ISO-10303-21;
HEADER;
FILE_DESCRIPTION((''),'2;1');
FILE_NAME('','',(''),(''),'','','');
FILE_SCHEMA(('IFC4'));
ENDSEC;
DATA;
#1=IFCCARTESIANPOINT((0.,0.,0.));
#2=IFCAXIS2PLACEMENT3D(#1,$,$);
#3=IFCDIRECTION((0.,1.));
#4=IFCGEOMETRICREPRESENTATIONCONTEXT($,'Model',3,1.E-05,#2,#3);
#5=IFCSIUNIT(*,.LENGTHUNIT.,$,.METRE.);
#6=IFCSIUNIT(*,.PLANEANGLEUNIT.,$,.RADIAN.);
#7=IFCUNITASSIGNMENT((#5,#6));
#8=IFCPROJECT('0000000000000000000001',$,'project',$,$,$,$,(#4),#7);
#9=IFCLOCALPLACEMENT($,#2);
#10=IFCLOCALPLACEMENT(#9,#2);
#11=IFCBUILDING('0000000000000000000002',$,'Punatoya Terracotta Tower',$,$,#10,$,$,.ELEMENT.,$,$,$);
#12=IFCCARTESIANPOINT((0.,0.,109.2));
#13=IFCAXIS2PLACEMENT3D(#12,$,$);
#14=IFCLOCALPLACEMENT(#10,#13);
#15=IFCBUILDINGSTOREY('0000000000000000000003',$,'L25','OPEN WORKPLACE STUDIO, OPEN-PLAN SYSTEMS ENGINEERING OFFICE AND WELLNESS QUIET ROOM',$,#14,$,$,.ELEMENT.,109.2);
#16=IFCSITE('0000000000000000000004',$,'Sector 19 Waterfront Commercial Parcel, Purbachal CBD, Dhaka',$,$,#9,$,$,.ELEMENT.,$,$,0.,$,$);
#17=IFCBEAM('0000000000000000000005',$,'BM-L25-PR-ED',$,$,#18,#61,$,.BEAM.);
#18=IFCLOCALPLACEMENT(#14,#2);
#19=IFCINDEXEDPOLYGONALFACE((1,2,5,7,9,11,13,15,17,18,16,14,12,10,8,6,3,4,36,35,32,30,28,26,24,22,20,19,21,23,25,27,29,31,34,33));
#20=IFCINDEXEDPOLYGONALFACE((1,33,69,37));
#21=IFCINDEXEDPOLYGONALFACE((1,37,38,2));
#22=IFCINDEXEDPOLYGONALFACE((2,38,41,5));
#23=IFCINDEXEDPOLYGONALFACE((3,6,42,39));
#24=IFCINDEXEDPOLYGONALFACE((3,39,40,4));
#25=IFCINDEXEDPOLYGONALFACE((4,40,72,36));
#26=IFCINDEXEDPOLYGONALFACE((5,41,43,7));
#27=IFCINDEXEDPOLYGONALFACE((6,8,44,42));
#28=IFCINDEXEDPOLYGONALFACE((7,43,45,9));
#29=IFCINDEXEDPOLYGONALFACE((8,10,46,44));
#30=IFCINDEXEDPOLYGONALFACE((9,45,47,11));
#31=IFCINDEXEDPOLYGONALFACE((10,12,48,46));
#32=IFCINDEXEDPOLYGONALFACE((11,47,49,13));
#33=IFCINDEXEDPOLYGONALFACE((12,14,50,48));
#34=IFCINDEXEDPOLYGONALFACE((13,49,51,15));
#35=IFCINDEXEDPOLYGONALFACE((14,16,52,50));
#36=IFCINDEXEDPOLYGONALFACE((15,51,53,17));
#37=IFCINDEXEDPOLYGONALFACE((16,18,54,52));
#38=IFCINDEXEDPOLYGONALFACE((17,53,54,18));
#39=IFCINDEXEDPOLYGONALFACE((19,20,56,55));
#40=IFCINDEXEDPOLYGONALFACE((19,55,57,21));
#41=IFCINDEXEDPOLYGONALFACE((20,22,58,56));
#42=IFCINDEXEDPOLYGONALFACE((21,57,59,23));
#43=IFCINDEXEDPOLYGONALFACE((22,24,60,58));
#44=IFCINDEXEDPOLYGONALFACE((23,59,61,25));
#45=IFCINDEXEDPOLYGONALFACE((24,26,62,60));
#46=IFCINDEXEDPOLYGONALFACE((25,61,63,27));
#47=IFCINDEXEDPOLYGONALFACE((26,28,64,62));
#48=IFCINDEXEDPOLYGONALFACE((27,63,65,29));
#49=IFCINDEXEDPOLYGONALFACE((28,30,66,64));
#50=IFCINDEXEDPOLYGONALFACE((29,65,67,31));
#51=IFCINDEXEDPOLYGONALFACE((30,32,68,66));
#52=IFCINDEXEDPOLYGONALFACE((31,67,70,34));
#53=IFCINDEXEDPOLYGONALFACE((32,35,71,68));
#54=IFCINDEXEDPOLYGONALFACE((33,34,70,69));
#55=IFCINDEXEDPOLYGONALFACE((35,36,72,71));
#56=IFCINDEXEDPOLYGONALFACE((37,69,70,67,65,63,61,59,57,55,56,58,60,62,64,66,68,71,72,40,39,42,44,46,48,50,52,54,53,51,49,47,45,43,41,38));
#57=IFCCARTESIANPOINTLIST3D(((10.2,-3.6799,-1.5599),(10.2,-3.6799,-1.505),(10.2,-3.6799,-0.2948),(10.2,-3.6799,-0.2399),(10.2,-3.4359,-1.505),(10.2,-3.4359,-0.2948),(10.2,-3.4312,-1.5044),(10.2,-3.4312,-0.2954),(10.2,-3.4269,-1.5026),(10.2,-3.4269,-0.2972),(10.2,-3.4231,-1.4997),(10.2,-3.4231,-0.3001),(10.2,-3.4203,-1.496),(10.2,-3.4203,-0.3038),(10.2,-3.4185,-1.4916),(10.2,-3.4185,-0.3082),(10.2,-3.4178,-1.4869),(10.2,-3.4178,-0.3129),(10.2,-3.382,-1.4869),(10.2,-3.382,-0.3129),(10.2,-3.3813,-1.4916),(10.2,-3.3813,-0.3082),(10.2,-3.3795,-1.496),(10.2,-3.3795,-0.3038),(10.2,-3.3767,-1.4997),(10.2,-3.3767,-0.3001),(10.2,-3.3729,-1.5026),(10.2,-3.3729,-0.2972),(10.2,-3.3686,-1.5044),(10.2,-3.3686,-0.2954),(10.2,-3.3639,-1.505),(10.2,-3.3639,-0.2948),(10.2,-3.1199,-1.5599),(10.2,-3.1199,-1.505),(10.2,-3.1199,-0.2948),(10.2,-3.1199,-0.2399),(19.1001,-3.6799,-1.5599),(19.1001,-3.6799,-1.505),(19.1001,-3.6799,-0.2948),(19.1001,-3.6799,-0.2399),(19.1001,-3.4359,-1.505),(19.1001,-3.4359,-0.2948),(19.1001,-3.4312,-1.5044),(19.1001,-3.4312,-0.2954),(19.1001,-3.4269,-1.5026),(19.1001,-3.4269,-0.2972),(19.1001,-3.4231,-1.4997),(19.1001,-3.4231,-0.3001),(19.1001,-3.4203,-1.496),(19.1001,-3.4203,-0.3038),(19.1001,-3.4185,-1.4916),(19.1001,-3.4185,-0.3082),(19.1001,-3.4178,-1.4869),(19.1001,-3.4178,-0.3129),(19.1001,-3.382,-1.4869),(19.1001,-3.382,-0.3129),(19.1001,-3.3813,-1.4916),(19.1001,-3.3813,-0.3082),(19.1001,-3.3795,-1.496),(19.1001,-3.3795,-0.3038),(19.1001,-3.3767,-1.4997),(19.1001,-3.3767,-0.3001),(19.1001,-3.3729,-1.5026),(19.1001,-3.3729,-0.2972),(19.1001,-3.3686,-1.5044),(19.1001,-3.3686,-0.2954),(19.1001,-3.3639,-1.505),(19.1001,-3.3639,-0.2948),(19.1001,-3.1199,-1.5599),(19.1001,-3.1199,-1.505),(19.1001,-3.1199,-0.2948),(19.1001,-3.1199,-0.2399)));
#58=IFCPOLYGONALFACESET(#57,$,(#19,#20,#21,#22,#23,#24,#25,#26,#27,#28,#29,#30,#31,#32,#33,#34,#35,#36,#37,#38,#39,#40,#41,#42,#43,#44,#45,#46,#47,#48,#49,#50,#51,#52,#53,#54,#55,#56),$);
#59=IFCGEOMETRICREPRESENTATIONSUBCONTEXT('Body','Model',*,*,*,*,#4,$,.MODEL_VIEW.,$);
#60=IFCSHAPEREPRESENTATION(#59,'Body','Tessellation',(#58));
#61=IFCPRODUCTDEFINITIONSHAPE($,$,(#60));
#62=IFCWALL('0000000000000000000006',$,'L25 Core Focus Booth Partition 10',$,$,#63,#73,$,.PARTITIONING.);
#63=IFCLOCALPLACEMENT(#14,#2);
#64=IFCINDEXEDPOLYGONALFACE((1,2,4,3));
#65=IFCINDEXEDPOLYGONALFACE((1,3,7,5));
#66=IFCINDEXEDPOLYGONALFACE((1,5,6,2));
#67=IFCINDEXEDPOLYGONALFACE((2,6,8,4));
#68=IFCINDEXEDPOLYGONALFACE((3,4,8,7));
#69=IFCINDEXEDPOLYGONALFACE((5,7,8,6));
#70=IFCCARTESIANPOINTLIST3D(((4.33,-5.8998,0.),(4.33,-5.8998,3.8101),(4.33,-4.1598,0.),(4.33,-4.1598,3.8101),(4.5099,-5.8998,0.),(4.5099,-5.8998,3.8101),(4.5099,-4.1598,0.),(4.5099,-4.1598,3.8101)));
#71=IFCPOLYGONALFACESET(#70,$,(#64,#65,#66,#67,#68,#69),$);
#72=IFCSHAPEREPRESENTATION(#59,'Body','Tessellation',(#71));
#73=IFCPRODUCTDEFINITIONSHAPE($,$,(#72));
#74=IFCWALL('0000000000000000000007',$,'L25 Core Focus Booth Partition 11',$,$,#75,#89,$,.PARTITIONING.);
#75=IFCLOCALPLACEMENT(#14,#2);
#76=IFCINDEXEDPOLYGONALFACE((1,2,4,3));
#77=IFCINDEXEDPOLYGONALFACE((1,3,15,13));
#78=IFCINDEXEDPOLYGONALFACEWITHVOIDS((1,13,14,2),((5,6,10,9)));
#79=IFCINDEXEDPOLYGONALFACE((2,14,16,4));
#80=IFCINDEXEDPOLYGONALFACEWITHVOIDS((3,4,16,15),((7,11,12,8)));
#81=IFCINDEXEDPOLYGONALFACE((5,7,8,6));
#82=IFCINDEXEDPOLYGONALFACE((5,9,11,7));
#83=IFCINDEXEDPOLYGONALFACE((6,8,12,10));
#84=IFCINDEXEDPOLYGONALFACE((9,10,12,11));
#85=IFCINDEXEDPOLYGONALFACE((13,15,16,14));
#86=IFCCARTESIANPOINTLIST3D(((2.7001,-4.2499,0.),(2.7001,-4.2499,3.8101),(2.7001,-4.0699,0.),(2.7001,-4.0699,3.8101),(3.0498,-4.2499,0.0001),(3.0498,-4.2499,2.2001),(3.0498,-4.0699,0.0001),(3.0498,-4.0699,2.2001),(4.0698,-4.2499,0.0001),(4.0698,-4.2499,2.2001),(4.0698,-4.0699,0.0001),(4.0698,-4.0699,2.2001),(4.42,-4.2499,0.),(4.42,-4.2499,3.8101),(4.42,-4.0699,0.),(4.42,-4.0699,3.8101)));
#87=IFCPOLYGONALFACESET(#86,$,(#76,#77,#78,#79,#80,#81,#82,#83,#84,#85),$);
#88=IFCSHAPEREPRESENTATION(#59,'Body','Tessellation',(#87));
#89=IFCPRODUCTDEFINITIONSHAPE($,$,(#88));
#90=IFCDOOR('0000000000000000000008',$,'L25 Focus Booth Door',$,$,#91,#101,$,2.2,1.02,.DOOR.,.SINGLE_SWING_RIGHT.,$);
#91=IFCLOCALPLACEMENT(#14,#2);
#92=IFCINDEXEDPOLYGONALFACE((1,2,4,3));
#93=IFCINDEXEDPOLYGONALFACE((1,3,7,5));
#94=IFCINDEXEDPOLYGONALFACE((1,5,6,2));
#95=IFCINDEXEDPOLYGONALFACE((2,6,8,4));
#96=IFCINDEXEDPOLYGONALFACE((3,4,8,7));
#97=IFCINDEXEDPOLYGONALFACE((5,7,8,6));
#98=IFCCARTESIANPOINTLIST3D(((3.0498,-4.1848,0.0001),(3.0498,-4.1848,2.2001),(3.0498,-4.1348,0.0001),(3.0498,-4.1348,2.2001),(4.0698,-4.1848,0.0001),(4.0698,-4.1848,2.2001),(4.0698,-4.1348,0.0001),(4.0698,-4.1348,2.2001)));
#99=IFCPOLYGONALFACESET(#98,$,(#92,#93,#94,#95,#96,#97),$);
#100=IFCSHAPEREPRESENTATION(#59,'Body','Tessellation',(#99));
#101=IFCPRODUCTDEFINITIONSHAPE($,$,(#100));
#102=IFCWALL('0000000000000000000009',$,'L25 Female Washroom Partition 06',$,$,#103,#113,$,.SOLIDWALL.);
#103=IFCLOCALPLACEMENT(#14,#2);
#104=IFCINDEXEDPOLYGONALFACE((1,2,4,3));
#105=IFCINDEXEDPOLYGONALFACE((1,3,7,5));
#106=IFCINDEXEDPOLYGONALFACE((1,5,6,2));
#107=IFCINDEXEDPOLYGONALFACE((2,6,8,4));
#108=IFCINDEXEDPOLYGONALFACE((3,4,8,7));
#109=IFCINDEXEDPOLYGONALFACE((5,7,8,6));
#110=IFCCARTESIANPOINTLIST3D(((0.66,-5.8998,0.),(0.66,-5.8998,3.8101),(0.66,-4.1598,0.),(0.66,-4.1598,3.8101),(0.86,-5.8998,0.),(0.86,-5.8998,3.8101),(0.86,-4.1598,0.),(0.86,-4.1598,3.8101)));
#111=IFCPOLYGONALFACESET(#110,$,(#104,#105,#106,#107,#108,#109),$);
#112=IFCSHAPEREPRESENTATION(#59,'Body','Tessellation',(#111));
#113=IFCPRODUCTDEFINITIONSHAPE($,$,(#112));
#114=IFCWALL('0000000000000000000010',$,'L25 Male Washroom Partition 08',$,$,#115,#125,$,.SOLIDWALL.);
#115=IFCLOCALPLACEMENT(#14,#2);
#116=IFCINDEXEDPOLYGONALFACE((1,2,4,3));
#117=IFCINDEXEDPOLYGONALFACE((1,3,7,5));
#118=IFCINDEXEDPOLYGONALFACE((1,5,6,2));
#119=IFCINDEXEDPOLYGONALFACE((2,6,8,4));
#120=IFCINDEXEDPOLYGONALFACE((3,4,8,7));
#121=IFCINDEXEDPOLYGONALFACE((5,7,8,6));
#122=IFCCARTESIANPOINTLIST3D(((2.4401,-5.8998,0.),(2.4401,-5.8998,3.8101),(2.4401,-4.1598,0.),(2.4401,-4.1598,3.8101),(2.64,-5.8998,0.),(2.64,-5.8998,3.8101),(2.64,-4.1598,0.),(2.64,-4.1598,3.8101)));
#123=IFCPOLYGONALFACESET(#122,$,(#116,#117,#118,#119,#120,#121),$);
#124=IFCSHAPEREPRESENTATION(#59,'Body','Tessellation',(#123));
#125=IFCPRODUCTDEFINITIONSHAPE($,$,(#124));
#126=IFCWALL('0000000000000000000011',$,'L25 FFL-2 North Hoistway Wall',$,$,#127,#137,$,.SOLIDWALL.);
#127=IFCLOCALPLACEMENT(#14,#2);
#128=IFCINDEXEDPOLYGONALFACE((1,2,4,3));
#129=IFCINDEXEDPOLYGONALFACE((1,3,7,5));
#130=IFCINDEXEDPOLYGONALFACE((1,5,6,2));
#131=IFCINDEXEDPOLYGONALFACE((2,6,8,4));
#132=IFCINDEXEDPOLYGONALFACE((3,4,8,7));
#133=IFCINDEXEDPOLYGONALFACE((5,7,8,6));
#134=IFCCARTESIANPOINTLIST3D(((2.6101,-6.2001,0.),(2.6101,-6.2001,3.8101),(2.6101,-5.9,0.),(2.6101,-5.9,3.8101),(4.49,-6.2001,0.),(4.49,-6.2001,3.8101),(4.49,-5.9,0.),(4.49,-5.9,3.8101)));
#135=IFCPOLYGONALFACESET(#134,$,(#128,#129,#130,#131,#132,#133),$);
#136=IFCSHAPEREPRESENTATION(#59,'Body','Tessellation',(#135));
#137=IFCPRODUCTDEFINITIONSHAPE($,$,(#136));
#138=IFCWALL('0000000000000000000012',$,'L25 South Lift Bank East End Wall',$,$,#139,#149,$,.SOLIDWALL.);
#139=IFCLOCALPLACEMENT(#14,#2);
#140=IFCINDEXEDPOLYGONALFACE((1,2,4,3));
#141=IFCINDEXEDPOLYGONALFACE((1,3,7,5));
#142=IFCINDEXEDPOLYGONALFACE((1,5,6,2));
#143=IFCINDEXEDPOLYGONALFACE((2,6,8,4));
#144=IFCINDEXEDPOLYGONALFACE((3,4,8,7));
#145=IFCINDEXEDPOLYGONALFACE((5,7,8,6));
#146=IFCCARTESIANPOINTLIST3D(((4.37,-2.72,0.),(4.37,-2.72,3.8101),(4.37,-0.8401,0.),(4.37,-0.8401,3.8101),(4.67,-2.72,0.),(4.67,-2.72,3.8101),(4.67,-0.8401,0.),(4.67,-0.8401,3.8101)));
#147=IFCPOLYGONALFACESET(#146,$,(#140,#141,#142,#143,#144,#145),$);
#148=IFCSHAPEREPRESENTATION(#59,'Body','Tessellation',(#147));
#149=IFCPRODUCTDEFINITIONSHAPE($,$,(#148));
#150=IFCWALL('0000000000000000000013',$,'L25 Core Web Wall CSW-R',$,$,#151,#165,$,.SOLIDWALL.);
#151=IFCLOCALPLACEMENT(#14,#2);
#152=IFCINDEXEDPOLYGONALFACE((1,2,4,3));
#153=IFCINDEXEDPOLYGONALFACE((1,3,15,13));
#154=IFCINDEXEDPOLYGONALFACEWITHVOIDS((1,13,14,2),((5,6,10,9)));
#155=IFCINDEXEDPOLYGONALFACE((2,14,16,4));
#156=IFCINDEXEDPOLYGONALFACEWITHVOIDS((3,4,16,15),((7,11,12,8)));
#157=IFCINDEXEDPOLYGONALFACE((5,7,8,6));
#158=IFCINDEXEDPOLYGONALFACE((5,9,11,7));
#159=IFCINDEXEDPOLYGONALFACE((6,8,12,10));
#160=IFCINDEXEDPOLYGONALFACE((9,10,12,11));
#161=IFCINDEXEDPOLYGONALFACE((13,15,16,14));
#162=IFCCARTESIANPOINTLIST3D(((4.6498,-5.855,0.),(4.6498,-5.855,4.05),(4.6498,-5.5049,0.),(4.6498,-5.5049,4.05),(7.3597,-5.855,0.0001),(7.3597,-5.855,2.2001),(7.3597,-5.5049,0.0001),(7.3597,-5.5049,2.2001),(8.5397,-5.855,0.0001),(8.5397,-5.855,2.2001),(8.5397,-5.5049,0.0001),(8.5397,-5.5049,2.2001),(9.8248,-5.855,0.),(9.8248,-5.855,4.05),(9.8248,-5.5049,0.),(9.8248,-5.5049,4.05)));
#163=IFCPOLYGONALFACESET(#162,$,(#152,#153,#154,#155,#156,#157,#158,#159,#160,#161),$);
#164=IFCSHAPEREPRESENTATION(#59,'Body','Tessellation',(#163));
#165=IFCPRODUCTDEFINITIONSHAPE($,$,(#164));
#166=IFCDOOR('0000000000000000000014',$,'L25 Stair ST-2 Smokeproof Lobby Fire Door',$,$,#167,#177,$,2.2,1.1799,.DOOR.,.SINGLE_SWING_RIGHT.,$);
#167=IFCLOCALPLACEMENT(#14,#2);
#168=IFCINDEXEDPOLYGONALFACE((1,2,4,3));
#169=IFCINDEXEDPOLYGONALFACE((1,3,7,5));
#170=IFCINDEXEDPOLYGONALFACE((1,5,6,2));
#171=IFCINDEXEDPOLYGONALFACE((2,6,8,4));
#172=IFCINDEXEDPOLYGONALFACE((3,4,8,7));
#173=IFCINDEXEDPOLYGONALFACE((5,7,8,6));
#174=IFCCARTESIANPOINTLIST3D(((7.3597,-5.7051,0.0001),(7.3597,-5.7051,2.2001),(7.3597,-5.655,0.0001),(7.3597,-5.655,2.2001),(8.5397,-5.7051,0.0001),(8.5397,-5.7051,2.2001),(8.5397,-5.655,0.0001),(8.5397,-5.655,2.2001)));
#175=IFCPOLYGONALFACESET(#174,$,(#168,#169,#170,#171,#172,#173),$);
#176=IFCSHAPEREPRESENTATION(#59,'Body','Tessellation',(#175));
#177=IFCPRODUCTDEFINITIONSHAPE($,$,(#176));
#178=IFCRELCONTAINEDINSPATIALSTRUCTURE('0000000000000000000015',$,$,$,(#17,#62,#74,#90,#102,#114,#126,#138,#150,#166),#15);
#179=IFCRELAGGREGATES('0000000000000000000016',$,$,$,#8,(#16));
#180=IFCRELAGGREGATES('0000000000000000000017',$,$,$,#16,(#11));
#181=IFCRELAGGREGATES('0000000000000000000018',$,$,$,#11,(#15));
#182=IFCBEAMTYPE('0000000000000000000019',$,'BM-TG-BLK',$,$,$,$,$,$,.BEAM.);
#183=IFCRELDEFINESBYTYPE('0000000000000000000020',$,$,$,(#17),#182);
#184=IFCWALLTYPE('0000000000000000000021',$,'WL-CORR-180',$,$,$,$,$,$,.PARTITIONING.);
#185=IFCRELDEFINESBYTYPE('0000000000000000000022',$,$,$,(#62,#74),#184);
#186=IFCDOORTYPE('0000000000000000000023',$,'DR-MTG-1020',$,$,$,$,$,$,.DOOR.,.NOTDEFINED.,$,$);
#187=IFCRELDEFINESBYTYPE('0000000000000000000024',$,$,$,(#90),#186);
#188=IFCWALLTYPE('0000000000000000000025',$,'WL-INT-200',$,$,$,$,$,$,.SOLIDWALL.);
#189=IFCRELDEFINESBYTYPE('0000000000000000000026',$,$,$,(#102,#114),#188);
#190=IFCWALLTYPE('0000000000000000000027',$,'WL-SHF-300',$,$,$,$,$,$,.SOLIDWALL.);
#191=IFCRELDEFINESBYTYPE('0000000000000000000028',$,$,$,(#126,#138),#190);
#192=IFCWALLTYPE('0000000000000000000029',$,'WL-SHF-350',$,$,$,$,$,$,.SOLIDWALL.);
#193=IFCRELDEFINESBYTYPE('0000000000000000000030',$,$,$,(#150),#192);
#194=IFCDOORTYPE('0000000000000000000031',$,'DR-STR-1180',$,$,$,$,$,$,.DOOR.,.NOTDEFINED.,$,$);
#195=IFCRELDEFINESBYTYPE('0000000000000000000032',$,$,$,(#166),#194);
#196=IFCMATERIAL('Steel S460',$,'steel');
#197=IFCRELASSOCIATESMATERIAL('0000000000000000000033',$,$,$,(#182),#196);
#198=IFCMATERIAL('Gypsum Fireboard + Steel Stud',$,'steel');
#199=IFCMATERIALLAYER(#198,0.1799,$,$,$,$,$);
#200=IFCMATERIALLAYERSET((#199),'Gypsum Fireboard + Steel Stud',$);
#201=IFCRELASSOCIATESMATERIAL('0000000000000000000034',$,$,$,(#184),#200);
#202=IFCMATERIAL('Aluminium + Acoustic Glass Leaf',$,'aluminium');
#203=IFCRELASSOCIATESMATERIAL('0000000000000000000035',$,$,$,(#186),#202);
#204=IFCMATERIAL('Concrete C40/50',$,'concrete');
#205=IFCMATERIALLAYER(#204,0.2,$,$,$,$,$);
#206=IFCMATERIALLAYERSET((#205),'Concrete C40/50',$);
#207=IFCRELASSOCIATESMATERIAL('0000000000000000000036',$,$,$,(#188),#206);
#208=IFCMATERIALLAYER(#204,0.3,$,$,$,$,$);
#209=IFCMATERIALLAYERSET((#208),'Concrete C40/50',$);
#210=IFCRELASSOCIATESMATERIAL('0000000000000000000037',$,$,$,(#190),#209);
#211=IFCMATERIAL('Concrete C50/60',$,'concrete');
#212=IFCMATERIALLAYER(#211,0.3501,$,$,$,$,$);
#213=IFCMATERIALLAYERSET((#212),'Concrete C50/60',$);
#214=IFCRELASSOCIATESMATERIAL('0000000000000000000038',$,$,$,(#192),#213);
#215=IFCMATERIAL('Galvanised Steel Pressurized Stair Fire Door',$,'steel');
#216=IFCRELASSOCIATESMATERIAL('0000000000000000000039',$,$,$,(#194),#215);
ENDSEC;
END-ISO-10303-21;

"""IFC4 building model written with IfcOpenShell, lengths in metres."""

from ifc_helpers import new_model, si_unit, direction, frame, frame_2d, origin, origin_2d, place, context, subcontext, project, spatial, rectangle, i_section, extrude, material, layer, layer_set, material_profile, profile_set, type_object, element, fill, save


model = new_model("IFC4")

# Units and contexts
model_context = context("Model", 3, precision=1e-05, world=origin(), true_north=direction((0.0, 1.0)))
body_context = subcontext(model_context, "Body", "Model", "MODEL_VIEW")
ifc_project = project(units=[si_unit("LENGTHUNIT", "METRE"), si_unit("PLANEANGLEUNIT", "RADIAN")], contexts=[model_context])

# Site, building, storey
site_placement = place(None, origin())
site = spatial("IfcSite", under=ifc_project, at=site_placement, Name="Sector 19 Waterfront Commercial Parcel, Purbachal CBD, Dhaka", CompositionType="ELEMENT", RefElevation=0.0)
building_placement = place(site_placement, origin())
building = spatial("IfcBuilding", under=site, at=building_placement, Name="Punatoya Terracotta Tower", CompositionType="ELEMENT")
storey_placement = place(building_placement, frame((0.0, 0.0, 109.2)))
storey = spatial("IfcBuildingStorey", under=building, at=storey_placement, Name="L25", Description="OPEN WORKPLACE STUDIO, OPEN-PLAN SYSTEMS ENGINEERING OFFICE AND WELLNESS QUIET ROOM", CompositionType="ELEMENT", Elevation=109.2)

# Beam
ifc_material_1 = material(Name="Steel S460", Category="steel")
ifc_material_profile = material_profile(ifc_material_1, i_section(OverallWidth=0.5601, OverallDepth=1.3201, WebThickness=0.0359, FlangeThickness=0.0549, FilletRadius=0.0181, at=origin_2d()))
ifc_profile_set = profile_set([ifc_material_profile], Name="Steel S460")
beam_type = type_object("IfcBeamType", Name="BM-TG-BLK", PredefinedType="BEAM", material=ifc_profile_set)
beam_placement = place(storey_placement, frame((10.2, -3.3999, -0.8999), z_axis=(1.0, 0.0, 0.0), x_axis=(0.0, 1.0, 0.0)))
element("IfcBeam", 1, at=beam_placement, inside=storey, type_object=beam_type, Name="BM-L25-PR-ED", PredefinedType="BEAM", context=body_context, shape_type="SweptSolid", body=[
    extrude(i_section(OverallWidth=0.5601, OverallDepth=1.3201, WebThickness=0.0359, FlangeThickness=0.0549, FilletRadius=0.0181, at=origin_2d()), origin(), (0.0, 0.0, 1.0), 8.9001),
])

# Wall
ifc_material_2 = material(Name="Gypsum Fireboard + Steel Stud", Category="steel")
ifc_layer_1 = layer(ifc_material_2, 0.1799)
ifc_layer_set_1 = layer_set([ifc_layer_1], Name="Gypsum Fireboard + Steel Stud")
wall_type_1 = type_object("IfcWallType", Name="WL-CORR-180", PredefinedType="PARTITIONING", material=ifc_layer_set_1)
wall_1_placement = place(storey_placement, frame((4.4199, -5.8999, 0.0), z_axis=(0.0, 0.0, 1.0), x_axis=(0.0, 1.0, 0.0)))
element("IfcWall", 2, at=wall_1_placement, inside=storey, type_object=wall_type_1, Name="L25 Core Focus Booth Partition 10", PredefinedType="PARTITIONING", context=body_context, shape_type="SweptSolid", body=[
    extrude(rectangle(XDim=1.74, YDim=0.1799, at=frame_2d((0.8701, 0.0))), origin(), (0.0, 0.0, 1.0), 3.8101),
])

# Wall, opening, door
wall_2_placement = place(storey_placement, frame((4.4199, -4.1599, 0.0), z_axis=(0.0, 0.0, 1.0), x_axis=(-1.0, 0.0, 0.0)))
wall_2 = element("IfcWall", 3, at=wall_2_placement, inside=storey, type_object=wall_type_1, Name="L25 Core Focus Booth Partition 11", PredefinedType="PARTITIONING", context=body_context, shape_type="SweptSolid", body=[
    extrude(rectangle(XDim=1.72, YDim=0.1799, at=frame_2d((0.8599, 0.0))), origin(), (0.0, 0.0, 1.0), 3.8101),
])
opening_1_placement = place(wall_2_placement, frame((0.3501, 0.0, 0.0)))
opening_1 = element("IfcOpeningElement", 4, at=opening_1_placement, cuts=wall_2, PredefinedType="OPENING", context=body_context, shape_type="SweptSolid", body=[
    extrude(rectangle(XDim=1.02, YDim=2.2, at=frame_2d((0.51, 1.1001))), frame((0.0, 0.0999, 0.0), z_axis=(0.0, -1.0, 0.0), x_axis=(1.0, 0.0, 0.0)), (0.0, 0.0, 1.0), 0.2),
])
ifc_material_3 = material(Name="Aluminium + Acoustic Glass Leaf", Category="aluminium")
door_type_1 = type_object("IfcDoorType", Name="DR-MTG-1020", OperationType="NOTDEFINED", PredefinedType="DOOR", material=ifc_material_3)
door_1_placement = place(opening_1_placement, origin())
door_1 = element("IfcDoor", 5, at=door_1_placement, inside=storey, type_object=door_type_1, Name="L25 Focus Booth Door", OperationType="SINGLE_SWING_RIGHT", OverallHeight=2.2, OverallWidth=1.02, PredefinedType="DOOR", context=body_context, shape_type="SweptSolid", body=[
    extrude(rectangle(XDim=1.02, YDim=2.2, at=frame_2d((0.51, 1.1001))), frame((0.0, 0.0249, 0.0), z_axis=(0.0, -1.0, 0.0), x_axis=(1.0, 0.0, 0.0)), (0.0, 0.0, 1.0), 0.05),
])
fill(opening_1, door_1)

# Wall
ifc_material_4 = material(Name="Concrete C40/50", Category="concrete")
ifc_layer_2 = layer(ifc_material_4, 0.2)
ifc_layer_set_2 = layer_set([ifc_layer_2], Name="Concrete C40/50")
wall_type_2 = type_object("IfcWallType", Name="WL-INT-200", PredefinedType="SOLIDWALL", material=ifc_layer_set_2)
wall_3_placement = place(storey_placement, frame((0.76, -5.8999, 0.0), z_axis=(0.0, 0.0, 1.0), x_axis=(0.0, 1.0, 0.0)))
element("IfcWall", 6, at=wall_3_placement, inside=storey, type_object=wall_type_2, Name="L25 Female Washroom Partition 06", PredefinedType="SOLIDWALL", context=body_context, shape_type="SweptSolid", body=[
    extrude(rectangle(XDim=1.74, YDim=0.2, at=frame_2d((0.8701, 0.0))), origin(), (0.0, 0.0, 1.0), 3.8101),
])

# Wall
wall_4_placement = place(storey_placement, frame((2.54, -5.8999, 0.0), z_axis=(0.0, 0.0, 1.0), x_axis=(0.0, 1.0, 0.0)))
element("IfcWall", 7, at=wall_4_placement, inside=storey, type_object=wall_type_2, Name="L25 Male Washroom Partition 08", PredefinedType="SOLIDWALL", context=body_context, shape_type="SweptSolid", body=[
    extrude(rectangle(XDim=1.74, YDim=0.2, at=frame_2d((0.8701, 0.0))), origin(), (0.0, 0.0, 1.0), 3.8101),
])

# Walls
ifc_layer_3 = layer(ifc_material_4, 0.3)
ifc_layer_set_3 = layer_set([ifc_layer_3], Name="Concrete C40/50")
wall_type_3 = type_object("IfcWallType", Name="WL-SHF-300", PredefinedType="SOLIDWALL", material=ifc_layer_set_3)
for number, where, z_axis, x_axis, name in (
    (8, (2.6101, -6.05, 0.0), (0.0, 0.0, 1.0), (1.0, 0.0, 0.0), "L25 FFL-2 North Hoistway Wall"),
    (9, (4.52, -2.72, 0.0), (0.0, 0.0, 1.0), (0.0, 1.0, 0.0), "L25 South Lift Bank East End Wall"),
):
    element("IfcWall", number, at=place(storey_placement, frame(where, z_axis=z_axis, x_axis=x_axis)), inside=storey, type_object=wall_type_3, Name=name, PredefinedType="SOLIDWALL", context=body_context, shape_type="SweptSolid", body=[
        extrude(rectangle(XDim=1.8799, YDim=0.3, at=frame_2d((0.9399, 0.0))), origin(), (0.0, 0.0, 1.0), 3.8101),
    ])

# Wall, opening, door
ifc_material_5 = material(Name="Concrete C50/60", Category="concrete")
ifc_layer_4 = layer(ifc_material_5, 0.3501)
ifc_layer_set_4 = layer_set([ifc_layer_4], Name="Concrete C50/60")
wall_type_4 = type_object("IfcWallType", Name="WL-SHF-350", PredefinedType="SOLIDWALL", material=ifc_layer_set_4)
wall_5_placement = place(storey_placement, frame((4.6499, -5.6799, 0.0), z_axis=(0.0, 0.0, 1.0), x_axis=(1.0, 0.0, 0.0)))
wall_5 = element("IfcWall", 10, at=wall_5_placement, inside=storey, type_object=wall_type_4, Name="L25 Core Web Wall CSW-R", PredefinedType="SOLIDWALL", context=body_context, shape_type="SweptSolid", body=[
    extrude(rectangle(XDim=5.175, YDim=0.3501, at=frame_2d((2.5874, 0.0))), origin(), (0.0, 0.0, 1.0), 4.05),
])
opening_2_placement = place(wall_5_placement, frame((2.71, 0.0, 0.0)))
opening_2 = element("IfcOpeningElement", 11, at=opening_2_placement, cuts=wall_5, PredefinedType="OPENING", context=body_context, shape_type="SweptSolid", body=[
    extrude(rectangle(XDim=1.1799, YDim=2.2, at=frame_2d((0.5898, 1.1001))), frame((0.0, 0.1851, 0.0), z_axis=(0.0, -1.0, 0.0), x_axis=(1.0, 0.0, 0.0)), (0.0, 0.0, 1.0), 0.3701),
])
ifc_material_6 = material(Name="Galvanised Steel Pressurized Stair Fire Door", Category="steel")
door_type_2 = type_object("IfcDoorType", Name="DR-STR-1180", OperationType="NOTDEFINED", PredefinedType="DOOR", material=ifc_material_6)
door_2_placement = place(opening_2_placement, origin())
door_2 = element("IfcDoor", 12, at=door_2_placement, inside=storey, type_object=door_type_2, Name="L25 Stair ST-2 Smokeproof Lobby Fire Door", OperationType="SINGLE_SWING_RIGHT", OverallHeight=2.2, OverallWidth=1.1799, PredefinedType="DOOR", context=body_context, shape_type="SweptSolid", body=[
    extrude(rectangle(XDim=1.1799, YDim=2.2, at=frame_2d((0.5898, 1.1001))), frame((0.0, 0.0249, 0.0), z_axis=(0.0, -1.0, 0.0), x_axis=(1.0, 0.0, 0.0)), (0.0, 0.0, 1.0), 0.05),
])
fill(opening_2, door_2)

save(model, "model.ifc")
